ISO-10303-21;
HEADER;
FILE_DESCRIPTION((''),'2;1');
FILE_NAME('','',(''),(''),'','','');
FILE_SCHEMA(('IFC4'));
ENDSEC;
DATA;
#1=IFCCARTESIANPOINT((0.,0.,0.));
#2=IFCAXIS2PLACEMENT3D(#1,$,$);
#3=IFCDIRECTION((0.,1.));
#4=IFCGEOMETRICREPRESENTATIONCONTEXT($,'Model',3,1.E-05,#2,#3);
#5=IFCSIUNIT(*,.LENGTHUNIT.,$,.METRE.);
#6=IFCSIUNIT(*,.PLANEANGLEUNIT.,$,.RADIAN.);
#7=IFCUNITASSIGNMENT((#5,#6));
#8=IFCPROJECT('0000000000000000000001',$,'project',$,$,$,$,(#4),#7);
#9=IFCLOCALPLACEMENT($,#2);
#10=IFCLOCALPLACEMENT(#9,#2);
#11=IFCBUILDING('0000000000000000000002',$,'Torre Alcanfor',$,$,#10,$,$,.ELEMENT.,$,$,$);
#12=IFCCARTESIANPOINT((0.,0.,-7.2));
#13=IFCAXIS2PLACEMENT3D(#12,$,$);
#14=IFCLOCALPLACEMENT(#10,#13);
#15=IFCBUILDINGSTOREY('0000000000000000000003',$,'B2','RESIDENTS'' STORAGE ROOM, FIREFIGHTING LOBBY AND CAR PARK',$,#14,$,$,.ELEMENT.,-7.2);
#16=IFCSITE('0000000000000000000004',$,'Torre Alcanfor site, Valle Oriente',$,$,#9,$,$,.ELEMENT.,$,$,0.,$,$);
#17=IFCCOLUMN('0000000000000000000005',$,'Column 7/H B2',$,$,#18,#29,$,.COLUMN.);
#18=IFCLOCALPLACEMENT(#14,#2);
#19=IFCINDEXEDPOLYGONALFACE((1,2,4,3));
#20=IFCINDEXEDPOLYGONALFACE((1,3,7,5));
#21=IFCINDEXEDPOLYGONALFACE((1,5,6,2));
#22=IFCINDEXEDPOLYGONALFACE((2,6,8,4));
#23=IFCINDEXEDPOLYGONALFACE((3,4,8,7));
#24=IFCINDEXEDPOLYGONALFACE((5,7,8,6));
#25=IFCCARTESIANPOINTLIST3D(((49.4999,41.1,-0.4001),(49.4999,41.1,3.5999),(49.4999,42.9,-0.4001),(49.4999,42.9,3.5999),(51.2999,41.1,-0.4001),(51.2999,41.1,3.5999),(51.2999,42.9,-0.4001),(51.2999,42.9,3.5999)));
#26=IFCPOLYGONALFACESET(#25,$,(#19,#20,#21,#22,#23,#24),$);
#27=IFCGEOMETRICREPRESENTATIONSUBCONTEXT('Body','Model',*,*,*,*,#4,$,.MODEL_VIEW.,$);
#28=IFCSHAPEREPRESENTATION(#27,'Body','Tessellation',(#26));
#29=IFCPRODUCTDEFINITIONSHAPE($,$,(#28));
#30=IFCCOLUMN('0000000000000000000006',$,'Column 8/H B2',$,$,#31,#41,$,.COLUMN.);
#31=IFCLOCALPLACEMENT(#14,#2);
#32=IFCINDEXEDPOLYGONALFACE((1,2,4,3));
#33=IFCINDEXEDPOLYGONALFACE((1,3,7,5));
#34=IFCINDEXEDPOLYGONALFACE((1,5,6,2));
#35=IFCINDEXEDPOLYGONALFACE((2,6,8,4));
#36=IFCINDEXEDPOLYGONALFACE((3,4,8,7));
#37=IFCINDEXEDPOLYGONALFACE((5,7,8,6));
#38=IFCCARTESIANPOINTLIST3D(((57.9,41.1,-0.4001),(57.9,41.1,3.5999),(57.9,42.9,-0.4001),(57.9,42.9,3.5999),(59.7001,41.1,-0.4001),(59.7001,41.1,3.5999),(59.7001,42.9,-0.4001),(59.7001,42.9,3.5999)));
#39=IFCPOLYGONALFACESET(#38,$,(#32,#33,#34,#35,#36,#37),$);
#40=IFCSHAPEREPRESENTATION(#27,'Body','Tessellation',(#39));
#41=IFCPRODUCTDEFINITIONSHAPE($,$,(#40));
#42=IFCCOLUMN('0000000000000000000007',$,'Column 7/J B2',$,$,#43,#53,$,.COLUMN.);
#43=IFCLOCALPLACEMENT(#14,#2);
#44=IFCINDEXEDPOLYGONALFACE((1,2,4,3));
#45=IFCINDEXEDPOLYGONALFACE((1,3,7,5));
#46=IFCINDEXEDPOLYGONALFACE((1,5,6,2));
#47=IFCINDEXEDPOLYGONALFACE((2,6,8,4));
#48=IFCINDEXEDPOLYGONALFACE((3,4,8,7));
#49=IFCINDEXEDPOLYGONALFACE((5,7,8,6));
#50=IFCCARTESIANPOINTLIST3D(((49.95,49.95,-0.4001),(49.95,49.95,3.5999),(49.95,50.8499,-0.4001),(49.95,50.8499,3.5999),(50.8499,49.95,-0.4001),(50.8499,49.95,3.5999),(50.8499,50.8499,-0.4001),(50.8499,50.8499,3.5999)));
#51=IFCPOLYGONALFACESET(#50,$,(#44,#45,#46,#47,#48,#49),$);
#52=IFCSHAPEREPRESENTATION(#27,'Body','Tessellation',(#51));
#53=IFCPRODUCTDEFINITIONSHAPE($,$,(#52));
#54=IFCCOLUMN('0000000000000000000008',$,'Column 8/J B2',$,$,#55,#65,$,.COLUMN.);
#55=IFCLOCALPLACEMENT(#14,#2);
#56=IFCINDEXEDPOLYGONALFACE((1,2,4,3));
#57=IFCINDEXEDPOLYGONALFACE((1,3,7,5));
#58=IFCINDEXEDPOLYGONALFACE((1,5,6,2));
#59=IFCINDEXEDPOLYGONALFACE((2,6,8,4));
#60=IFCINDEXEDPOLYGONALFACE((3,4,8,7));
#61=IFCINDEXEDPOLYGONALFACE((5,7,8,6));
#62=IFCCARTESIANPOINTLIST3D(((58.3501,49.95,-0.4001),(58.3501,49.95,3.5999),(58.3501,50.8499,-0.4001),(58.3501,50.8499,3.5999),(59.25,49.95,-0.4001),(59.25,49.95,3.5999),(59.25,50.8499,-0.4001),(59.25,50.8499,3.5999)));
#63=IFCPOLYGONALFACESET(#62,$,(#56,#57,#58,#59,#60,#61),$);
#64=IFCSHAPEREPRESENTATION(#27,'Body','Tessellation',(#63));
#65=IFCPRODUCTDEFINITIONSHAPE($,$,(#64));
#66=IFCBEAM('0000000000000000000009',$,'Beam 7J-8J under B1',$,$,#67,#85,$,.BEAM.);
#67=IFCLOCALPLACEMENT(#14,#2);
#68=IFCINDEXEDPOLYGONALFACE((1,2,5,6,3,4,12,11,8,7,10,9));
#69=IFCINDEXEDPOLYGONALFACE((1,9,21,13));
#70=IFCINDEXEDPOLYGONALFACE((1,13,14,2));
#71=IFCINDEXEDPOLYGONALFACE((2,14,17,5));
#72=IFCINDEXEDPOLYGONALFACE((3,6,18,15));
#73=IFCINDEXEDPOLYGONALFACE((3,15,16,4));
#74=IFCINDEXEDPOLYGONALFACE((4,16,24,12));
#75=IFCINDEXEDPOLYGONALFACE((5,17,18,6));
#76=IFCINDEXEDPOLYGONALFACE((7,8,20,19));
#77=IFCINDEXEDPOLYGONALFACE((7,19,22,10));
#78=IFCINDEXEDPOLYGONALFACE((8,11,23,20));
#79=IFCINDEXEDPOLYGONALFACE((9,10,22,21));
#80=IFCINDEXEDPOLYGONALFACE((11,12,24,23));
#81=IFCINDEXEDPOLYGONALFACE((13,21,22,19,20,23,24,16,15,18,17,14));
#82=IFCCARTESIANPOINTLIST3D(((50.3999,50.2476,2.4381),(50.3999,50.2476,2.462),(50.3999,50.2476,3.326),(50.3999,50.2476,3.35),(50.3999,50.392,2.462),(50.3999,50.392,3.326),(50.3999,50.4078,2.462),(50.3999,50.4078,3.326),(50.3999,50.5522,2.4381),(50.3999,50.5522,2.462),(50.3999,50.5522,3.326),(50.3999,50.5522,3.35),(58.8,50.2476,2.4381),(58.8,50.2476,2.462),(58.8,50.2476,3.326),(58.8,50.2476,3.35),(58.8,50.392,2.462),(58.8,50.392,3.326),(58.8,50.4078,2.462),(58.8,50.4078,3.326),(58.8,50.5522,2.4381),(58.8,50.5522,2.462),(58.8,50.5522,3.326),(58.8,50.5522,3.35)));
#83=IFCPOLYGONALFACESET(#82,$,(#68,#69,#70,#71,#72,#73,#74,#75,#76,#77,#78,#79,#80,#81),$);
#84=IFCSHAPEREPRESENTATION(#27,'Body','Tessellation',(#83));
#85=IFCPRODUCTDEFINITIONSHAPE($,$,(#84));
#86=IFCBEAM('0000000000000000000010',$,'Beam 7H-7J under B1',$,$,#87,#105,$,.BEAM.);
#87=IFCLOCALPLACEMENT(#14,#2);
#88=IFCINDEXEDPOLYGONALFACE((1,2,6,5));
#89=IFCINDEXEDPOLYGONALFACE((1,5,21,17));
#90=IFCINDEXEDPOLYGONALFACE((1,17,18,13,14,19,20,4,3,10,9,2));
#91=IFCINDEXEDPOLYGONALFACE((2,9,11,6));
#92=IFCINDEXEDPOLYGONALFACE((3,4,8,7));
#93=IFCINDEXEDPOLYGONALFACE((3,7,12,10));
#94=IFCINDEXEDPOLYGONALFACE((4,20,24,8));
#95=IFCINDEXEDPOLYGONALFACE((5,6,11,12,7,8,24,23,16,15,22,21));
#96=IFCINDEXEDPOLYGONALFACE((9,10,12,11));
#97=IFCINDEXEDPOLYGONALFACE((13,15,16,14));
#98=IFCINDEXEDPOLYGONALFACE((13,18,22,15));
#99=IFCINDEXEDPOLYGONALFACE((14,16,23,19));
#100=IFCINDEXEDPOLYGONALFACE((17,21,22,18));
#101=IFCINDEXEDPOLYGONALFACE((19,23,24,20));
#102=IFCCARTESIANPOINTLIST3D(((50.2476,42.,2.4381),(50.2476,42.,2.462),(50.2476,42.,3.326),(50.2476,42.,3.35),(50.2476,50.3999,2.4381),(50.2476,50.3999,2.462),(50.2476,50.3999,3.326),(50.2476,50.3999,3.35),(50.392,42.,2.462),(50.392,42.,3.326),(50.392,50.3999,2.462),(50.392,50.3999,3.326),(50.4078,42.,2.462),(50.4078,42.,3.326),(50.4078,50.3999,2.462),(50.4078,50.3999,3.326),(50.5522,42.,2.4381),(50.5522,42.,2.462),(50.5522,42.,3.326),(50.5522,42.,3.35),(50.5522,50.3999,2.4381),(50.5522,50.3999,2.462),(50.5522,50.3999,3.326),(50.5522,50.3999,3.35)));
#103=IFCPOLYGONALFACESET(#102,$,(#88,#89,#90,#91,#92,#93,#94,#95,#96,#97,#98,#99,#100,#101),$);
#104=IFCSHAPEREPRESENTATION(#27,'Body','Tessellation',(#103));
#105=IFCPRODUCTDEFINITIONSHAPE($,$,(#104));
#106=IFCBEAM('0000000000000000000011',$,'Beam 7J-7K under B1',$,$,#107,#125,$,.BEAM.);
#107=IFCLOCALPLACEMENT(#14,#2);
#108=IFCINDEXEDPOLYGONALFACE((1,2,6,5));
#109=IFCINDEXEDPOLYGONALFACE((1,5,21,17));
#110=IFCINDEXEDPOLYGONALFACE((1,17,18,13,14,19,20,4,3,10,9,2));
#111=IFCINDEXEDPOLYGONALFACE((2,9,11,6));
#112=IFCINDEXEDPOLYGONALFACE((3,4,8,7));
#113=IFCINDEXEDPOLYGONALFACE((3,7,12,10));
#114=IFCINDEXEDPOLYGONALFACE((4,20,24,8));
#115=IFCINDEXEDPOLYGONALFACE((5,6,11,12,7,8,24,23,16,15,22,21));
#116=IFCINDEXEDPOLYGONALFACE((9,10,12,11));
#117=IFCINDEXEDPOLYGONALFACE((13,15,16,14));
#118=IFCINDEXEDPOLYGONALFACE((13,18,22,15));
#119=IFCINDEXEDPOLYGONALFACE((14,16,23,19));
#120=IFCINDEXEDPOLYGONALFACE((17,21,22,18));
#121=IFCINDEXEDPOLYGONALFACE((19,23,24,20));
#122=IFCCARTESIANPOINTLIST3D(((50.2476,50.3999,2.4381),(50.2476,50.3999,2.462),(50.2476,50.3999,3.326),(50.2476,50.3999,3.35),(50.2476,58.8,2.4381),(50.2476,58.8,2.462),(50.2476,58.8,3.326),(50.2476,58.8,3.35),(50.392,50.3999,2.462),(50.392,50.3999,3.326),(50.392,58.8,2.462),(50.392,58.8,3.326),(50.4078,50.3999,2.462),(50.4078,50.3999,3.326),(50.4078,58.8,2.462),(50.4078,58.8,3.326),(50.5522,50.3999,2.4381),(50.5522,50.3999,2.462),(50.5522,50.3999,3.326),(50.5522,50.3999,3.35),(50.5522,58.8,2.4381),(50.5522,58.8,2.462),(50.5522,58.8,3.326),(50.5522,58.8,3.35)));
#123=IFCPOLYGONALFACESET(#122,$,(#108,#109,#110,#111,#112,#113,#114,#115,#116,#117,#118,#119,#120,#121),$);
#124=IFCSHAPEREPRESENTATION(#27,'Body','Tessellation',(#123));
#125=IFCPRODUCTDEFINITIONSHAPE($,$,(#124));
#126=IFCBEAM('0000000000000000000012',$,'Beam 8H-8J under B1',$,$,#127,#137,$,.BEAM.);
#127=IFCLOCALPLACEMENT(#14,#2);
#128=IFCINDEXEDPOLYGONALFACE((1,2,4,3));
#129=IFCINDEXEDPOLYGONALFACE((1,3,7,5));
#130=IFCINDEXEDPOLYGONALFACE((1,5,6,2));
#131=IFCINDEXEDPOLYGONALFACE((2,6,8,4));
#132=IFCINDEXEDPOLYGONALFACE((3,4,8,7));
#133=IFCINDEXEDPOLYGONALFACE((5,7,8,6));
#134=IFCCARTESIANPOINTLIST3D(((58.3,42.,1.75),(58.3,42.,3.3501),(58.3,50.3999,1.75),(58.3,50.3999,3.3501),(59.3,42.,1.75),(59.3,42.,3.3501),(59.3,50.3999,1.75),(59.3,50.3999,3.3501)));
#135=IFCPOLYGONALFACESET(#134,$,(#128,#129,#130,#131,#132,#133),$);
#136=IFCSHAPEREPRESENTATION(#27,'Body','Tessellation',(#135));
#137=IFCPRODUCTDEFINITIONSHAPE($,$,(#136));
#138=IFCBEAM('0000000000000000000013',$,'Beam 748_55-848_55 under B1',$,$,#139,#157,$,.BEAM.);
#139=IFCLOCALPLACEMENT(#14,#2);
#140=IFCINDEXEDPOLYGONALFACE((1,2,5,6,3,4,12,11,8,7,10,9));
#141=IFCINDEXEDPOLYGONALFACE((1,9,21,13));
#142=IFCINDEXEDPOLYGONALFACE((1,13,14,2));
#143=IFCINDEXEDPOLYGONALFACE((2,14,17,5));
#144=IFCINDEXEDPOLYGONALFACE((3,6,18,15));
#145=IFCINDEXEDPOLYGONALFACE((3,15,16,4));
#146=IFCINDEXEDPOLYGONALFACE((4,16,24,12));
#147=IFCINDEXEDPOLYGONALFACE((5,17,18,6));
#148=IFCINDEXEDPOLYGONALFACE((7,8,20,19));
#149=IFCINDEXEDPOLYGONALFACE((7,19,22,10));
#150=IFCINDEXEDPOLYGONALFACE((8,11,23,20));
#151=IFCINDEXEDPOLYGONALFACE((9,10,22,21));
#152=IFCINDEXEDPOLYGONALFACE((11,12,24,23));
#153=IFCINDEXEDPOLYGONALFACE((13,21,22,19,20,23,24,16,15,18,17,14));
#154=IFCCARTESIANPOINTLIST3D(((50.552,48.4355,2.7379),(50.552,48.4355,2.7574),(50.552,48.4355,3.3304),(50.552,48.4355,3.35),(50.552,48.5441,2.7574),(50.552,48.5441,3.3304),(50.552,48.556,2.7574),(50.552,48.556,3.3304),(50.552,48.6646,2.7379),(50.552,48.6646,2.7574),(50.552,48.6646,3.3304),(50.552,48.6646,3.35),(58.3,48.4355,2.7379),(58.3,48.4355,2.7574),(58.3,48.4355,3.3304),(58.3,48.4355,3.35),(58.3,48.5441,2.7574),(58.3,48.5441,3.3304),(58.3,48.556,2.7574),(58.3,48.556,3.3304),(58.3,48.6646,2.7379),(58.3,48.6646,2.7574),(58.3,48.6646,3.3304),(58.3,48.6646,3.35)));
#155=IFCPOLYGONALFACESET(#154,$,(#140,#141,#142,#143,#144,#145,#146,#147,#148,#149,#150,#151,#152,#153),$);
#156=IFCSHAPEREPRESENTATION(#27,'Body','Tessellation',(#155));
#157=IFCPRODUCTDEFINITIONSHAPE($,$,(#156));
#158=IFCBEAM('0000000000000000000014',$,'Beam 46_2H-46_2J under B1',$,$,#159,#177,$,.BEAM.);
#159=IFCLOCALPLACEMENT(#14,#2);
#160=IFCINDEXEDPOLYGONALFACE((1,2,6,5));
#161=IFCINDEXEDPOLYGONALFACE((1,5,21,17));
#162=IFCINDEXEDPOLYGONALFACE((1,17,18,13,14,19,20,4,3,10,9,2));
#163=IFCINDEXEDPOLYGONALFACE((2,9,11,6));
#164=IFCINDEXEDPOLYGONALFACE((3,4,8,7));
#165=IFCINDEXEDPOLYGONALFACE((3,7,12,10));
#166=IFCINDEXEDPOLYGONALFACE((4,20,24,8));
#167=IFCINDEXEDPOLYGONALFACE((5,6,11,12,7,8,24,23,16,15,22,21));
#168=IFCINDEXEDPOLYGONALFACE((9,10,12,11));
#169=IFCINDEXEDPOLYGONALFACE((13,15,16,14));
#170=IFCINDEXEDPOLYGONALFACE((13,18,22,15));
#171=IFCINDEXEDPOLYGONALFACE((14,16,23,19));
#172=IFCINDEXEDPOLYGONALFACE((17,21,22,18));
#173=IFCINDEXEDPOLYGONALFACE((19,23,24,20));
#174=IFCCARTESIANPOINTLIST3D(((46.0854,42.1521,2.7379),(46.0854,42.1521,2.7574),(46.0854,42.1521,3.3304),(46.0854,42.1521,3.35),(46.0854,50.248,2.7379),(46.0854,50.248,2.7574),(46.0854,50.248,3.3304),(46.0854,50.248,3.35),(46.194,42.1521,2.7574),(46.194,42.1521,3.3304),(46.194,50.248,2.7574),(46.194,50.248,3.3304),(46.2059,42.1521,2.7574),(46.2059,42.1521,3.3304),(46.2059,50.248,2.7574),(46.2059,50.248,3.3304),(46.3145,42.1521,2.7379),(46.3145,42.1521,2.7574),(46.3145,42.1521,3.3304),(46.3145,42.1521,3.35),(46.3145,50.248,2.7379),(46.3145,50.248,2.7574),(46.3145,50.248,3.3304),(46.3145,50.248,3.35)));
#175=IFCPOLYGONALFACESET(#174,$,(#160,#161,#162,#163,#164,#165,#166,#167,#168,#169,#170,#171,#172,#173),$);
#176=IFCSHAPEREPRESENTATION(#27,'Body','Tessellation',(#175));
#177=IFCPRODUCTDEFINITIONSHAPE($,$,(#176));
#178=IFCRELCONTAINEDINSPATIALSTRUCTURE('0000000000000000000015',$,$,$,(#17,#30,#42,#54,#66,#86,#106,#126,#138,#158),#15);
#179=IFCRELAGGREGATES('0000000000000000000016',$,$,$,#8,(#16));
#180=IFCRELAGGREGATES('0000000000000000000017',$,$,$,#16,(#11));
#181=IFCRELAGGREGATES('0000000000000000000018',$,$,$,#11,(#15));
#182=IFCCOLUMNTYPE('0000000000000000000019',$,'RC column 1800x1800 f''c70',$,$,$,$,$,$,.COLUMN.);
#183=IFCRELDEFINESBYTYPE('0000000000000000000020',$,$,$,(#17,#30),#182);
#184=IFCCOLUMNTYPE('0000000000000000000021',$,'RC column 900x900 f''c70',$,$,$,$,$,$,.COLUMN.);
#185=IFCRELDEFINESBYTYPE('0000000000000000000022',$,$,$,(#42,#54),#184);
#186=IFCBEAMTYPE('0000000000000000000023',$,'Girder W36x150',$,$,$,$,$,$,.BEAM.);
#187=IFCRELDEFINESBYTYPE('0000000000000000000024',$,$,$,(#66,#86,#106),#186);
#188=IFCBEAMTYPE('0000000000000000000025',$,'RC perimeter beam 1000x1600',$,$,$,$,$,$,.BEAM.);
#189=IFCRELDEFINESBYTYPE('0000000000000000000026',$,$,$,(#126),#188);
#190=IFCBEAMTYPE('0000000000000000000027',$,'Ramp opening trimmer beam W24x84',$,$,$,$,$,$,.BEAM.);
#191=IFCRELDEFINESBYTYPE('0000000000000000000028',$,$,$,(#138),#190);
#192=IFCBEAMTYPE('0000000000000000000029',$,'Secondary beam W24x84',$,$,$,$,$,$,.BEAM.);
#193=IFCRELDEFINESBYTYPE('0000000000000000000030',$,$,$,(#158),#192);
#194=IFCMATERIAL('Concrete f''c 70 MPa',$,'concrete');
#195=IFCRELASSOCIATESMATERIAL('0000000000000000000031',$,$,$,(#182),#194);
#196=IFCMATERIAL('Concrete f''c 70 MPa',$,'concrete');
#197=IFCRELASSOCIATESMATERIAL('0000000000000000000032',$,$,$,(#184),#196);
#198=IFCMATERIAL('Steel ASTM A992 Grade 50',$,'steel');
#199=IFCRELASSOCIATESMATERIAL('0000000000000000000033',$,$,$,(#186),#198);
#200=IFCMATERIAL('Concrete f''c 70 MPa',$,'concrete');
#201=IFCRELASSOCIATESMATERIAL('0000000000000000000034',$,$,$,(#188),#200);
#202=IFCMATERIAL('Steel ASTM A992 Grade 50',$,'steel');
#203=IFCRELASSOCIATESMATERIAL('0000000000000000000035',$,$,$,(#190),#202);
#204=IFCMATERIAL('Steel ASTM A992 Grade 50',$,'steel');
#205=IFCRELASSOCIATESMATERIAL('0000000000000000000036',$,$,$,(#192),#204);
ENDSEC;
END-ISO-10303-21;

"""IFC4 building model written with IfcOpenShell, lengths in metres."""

from ifc_helpers import new_model, si_unit, direction, frame, origin, origin_2d, place, context, subcontext, project, spatial, rectangle, i_section, extrude, material, material_profile, profile_set, type_object, element, save


model = new_model("IFC4")

# Units and contexts
model_context = context("Model", 3, precision=1e-05, world=origin(), true_north=direction((0.0, 1.0)))
body_context = subcontext(model_context, "Body", "Model", "MODEL_VIEW")
ifc_project = project(units=[si_unit("LENGTHUNIT", "METRE"), si_unit("PLANEANGLEUNIT", "RADIAN")], contexts=[model_context])

# Site, building, storey
site_placement = place(None, origin())
site = spatial("IfcSite", under=ifc_project, at=site_placement, Name="Torre Alcanfor site, Valle Oriente", CompositionType="ELEMENT", RefElevation=0.0)
building_placement = place(site_placement, origin())
building = spatial("IfcBuilding", under=site, at=building_placement, Name="Torre Alcanfor", CompositionType="ELEMENT")
storey_placement = place(building_placement, frame((0.0, 0.0, -7.2)))
storey = spatial("IfcBuildingStorey", under=building, at=storey_placement, Name="B2", Description="RESIDENTS' STORAGE ROOM, FIREFIGHTING LOBBY AND CAR PARK", CompositionType="ELEMENT", Elevation=-7.2)

# Columns
ifc_material_1 = material(Name="Concrete f'c 70 MPa", Category="concrete")
ifc_material_profile_1 = material_profile(ifc_material_1, rectangle(XDim=1.8, YDim=1.8, at=origin_2d()), Name="1800x1800")
ifc_profile_set_1 = profile_set([ifc_material_profile_1], Name="Concrete f'c 70 MPa")
column_type_1 = type_object("IfcColumnType", Name="RC column 1800x1800 f'c70", PredefinedType="COLUMN", material=ifc_profile_set_1)
for number, where, z_axis, x_axis, name in (
    (1, (50.3999, 42.0, -0.4001), (0.0, 0.0, 1.0), (1.0, 0.0, 0.0), "Column 7/H B2"),
    (2, (58.8, 42.0, -0.4001), (0.0, 0.0, 1.0), (1.0, 0.0, 0.0), "Column 8/H B2"),
):
    element("IfcColumn", number, at=place(storey_placement, frame(where, z_axis=z_axis, x_axis=x_axis)), inside=storey, type_object=column_type_1, Name=name, PredefinedType="COLUMN", context=body_context, shape_type="SweptSolid", body=[
        extrude(rectangle(XDim=1.8, YDim=1.8, at=origin_2d()), origin(), (0.0, 0.0, 1.0), 4.0),
    ])
ifc_material_2 = material(Name="Concrete f'c 70 MPa", Category="concrete")
ifc_material_profile_2 = material_profile(ifc_material_2, rectangle(XDim=0.8999, YDim=0.8999, at=origin_2d()), Name="900x900")
ifc_profile_set_2 = profile_set([ifc_material_profile_2], Name="Concrete f'c 70 MPa")
column_type_2 = type_object("IfcColumnType", Name="RC column 900x900 f'c70", PredefinedType="COLUMN", material=ifc_profile_set_2)
for number, where, z_axis, x_axis, name in (
    (3, (50.3999, 50.3999, -0.4001), (0.0, 0.0, 1.0), (1.0, 0.0, 0.0), "Column 7/J B2"),
    (4, (58.8, 50.3999, -0.4001), (0.0, 0.0, 1.0), (1.0, 0.0, 0.0), "Column 8/J B2"),
):
    element("IfcColumn", number, at=place(storey_placement, frame(where, z_axis=z_axis, x_axis=x_axis)), inside=storey, type_object=column_type_2, Name=name, PredefinedType="COLUMN", context=body_context, shape_type="SweptSolid", body=[
        extrude(rectangle(XDim=0.8999, YDim=0.8999, at=origin_2d()), origin(), (0.0, 0.0, 1.0), 4.0),
    ])

# Beams
ifc_material_3 = material(Name="Steel ASTM A992 Grade 50", Category="steel")
ifc_material_profile_3 = material_profile(ifc_material_3, i_section(OverallWidth=0.3047, OverallDepth=0.9119, WebThickness=0.0159, FlangeThickness=0.0239, at=origin_2d()), Name="W36x150")
ifc_profile_set_3 = profile_set([ifc_material_profile_3], Name="Steel ASTM A992 Grade 50")
beam_type_1 = type_object("IfcBeamType", Name="Girder W36x150", PredefinedType="BEAM", material=ifc_profile_set_3)
beam_1_placement = place(storey_placement, frame((50.3999, 50.3999, 2.894), z_axis=(1.0, 0.0, 0.0), x_axis=(0.0, 1.0, 0.0)))
element("IfcBeam", 5, at=beam_1_placement, inside=storey, type_object=beam_type_1, Name="Beam 7J-8J under B1", PredefinedType="BEAM", context=body_context, shape_type="SweptSolid", body=[
    extrude(i_section(OverallWidth=0.3047, OverallDepth=0.9119, WebThickness=0.0159, FlangeThickness=0.0239, at=origin_2d()), origin(), (0.0, 0.0, 1.0), 8.4001),
])
beam_2_placement = place(storey_placement, frame((50.3999, 42.0, 2.894), z_axis=(0.0, 1.0, 0.0), x_axis=(-1.0, 0.0, 0.0)))
element("IfcBeam", 6, at=beam_2_placement, inside=storey, type_object=beam_type_1, Name="Beam 7H-7J under B1", PredefinedType="BEAM", context=body_context, shape_type="SweptSolid", body=[
    extrude(i_section(OverallWidth=0.3047, OverallDepth=0.9119, WebThickness=0.0159, FlangeThickness=0.0239, at=origin_2d()), origin(), (0.0, 0.0, 1.0), 8.3999),
])
beam_3_placement = place(storey_placement, frame((50.3999, 50.3999, 2.894), z_axis=(0.0, 1.0, 0.0), x_axis=(-1.0, 0.0, 0.0)))
element("IfcBeam", 7, at=beam_3_placement, inside=storey, type_object=beam_type_1, Name="Beam 7J-7K under B1", PredefinedType="BEAM", context=body_context, shape_type="SweptSolid", body=[
    extrude(i_section(OverallWidth=0.3047, OverallDepth=0.9119, WebThickness=0.0159, FlangeThickness=0.0239, at=origin_2d()), origin(), (0.0, 0.0, 1.0), 8.4001),
])
ifc_material_4 = material(Name="Concrete f'c 70 MPa", Category="concrete")
ifc_material_profile_4 = material_profile(ifc_material_4, rectangle(XDim=1.0, YDim=1.6001, at=origin_2d()), Name="1000x1600")
ifc_profile_set_4 = profile_set([ifc_material_profile_4], Name="Concrete f'c 70 MPa")
beam_type_2 = type_object("IfcBeamType", Name="RC perimeter beam 1000x1600", PredefinedType="BEAM", material=ifc_profile_set_4)
beam_4_placement = place(storey_placement, frame((58.8, 42.0, 2.55), z_axis=(0.0, 1.0, 0.0), x_axis=(-1.0, 0.0, 0.0)))
element("IfcBeam", 8, at=beam_4_placement, inside=storey, type_object=beam_type_2, Name="Beam 8H-8J under B1", PredefinedType="BEAM", context=body_context, shape_type="SweptSolid", body=[
    extrude(rectangle(XDim=1.0, YDim=1.6001, at=origin_2d()), origin(), (0.0, 0.0, 1.0), 8.3999),
])
ifc_material_5 = material(Name="Steel ASTM A992 Grade 50", Category="steel")
ifc_material_profile_5 = material_profile(ifc_material_5, i_section(OverallWidth=0.229, OverallDepth=0.6121, WebThickness=0.012, FlangeThickness=0.0195, at=origin_2d()), Name="W24x84")
ifc_profile_set_5 = profile_set([ifc_material_profile_5], Name="Steel ASTM A992 Grade 50")
beam_type_3 = type_object("IfcBeamType", Name="Ramp opening trimmer beam W24x84", PredefinedType="BEAM", material=ifc_profile_set_5)
beam_5_placement = place(storey_placement, frame((50.552, 48.55, 3.0439), z_axis=(1.0, 0.0, 0.0), x_axis=(0.0, 1.0, 0.0)))
element("IfcBeam", 9, at=beam_5_placement, inside=storey, type_object=beam_type_3, Name="Beam 748_55-848_55 under B1", PredefinedType="BEAM", context=body_context, shape_type="SweptSolid", body=[
    extrude(i_section(OverallWidth=0.229, OverallDepth=0.6121, WebThickness=0.012, FlangeThickness=0.0195, at=origin_2d()), origin(), (0.0, 0.0, 1.0), 7.748),
])
ifc_material_6 = material(Name="Steel ASTM A992 Grade 50", Category="steel")
ifc_material_profile_6 = material_profile(ifc_material_6, i_section(OverallWidth=0.229, OverallDepth=0.6121, WebThickness=0.012, FlangeThickness=0.0195, at=origin_2d()), Name="W24x84")
ifc_profile_set_6 = profile_set([ifc_material_profile_6], Name="Steel ASTM A992 Grade 50")
beam_type_4 = type_object("IfcBeamType", Name="Secondary beam W24x84", PredefinedType="BEAM", material=ifc_profile_set_6)
beam_6_placement = place(storey_placement, frame((46.2, 42.1521, 3.0439), z_axis=(0.0, 1.0, 0.0), x_axis=(-1.0, 0.0, 0.0)))
element("IfcBeam", 10, at=beam_6_placement, inside=storey, type_object=beam_type_4, Name="Beam 46_2H-46_2J under B1", PredefinedType="BEAM", context=body_context, shape_type="SweptSolid", body=[
    extrude(i_section(OverallWidth=0.229, OverallDepth=0.6121, WebThickness=0.012, FlangeThickness=0.0195, at=origin_2d()), origin(), (0.0, 0.0, 1.0), 8.0959),
])

save(model, "model.ifc")
